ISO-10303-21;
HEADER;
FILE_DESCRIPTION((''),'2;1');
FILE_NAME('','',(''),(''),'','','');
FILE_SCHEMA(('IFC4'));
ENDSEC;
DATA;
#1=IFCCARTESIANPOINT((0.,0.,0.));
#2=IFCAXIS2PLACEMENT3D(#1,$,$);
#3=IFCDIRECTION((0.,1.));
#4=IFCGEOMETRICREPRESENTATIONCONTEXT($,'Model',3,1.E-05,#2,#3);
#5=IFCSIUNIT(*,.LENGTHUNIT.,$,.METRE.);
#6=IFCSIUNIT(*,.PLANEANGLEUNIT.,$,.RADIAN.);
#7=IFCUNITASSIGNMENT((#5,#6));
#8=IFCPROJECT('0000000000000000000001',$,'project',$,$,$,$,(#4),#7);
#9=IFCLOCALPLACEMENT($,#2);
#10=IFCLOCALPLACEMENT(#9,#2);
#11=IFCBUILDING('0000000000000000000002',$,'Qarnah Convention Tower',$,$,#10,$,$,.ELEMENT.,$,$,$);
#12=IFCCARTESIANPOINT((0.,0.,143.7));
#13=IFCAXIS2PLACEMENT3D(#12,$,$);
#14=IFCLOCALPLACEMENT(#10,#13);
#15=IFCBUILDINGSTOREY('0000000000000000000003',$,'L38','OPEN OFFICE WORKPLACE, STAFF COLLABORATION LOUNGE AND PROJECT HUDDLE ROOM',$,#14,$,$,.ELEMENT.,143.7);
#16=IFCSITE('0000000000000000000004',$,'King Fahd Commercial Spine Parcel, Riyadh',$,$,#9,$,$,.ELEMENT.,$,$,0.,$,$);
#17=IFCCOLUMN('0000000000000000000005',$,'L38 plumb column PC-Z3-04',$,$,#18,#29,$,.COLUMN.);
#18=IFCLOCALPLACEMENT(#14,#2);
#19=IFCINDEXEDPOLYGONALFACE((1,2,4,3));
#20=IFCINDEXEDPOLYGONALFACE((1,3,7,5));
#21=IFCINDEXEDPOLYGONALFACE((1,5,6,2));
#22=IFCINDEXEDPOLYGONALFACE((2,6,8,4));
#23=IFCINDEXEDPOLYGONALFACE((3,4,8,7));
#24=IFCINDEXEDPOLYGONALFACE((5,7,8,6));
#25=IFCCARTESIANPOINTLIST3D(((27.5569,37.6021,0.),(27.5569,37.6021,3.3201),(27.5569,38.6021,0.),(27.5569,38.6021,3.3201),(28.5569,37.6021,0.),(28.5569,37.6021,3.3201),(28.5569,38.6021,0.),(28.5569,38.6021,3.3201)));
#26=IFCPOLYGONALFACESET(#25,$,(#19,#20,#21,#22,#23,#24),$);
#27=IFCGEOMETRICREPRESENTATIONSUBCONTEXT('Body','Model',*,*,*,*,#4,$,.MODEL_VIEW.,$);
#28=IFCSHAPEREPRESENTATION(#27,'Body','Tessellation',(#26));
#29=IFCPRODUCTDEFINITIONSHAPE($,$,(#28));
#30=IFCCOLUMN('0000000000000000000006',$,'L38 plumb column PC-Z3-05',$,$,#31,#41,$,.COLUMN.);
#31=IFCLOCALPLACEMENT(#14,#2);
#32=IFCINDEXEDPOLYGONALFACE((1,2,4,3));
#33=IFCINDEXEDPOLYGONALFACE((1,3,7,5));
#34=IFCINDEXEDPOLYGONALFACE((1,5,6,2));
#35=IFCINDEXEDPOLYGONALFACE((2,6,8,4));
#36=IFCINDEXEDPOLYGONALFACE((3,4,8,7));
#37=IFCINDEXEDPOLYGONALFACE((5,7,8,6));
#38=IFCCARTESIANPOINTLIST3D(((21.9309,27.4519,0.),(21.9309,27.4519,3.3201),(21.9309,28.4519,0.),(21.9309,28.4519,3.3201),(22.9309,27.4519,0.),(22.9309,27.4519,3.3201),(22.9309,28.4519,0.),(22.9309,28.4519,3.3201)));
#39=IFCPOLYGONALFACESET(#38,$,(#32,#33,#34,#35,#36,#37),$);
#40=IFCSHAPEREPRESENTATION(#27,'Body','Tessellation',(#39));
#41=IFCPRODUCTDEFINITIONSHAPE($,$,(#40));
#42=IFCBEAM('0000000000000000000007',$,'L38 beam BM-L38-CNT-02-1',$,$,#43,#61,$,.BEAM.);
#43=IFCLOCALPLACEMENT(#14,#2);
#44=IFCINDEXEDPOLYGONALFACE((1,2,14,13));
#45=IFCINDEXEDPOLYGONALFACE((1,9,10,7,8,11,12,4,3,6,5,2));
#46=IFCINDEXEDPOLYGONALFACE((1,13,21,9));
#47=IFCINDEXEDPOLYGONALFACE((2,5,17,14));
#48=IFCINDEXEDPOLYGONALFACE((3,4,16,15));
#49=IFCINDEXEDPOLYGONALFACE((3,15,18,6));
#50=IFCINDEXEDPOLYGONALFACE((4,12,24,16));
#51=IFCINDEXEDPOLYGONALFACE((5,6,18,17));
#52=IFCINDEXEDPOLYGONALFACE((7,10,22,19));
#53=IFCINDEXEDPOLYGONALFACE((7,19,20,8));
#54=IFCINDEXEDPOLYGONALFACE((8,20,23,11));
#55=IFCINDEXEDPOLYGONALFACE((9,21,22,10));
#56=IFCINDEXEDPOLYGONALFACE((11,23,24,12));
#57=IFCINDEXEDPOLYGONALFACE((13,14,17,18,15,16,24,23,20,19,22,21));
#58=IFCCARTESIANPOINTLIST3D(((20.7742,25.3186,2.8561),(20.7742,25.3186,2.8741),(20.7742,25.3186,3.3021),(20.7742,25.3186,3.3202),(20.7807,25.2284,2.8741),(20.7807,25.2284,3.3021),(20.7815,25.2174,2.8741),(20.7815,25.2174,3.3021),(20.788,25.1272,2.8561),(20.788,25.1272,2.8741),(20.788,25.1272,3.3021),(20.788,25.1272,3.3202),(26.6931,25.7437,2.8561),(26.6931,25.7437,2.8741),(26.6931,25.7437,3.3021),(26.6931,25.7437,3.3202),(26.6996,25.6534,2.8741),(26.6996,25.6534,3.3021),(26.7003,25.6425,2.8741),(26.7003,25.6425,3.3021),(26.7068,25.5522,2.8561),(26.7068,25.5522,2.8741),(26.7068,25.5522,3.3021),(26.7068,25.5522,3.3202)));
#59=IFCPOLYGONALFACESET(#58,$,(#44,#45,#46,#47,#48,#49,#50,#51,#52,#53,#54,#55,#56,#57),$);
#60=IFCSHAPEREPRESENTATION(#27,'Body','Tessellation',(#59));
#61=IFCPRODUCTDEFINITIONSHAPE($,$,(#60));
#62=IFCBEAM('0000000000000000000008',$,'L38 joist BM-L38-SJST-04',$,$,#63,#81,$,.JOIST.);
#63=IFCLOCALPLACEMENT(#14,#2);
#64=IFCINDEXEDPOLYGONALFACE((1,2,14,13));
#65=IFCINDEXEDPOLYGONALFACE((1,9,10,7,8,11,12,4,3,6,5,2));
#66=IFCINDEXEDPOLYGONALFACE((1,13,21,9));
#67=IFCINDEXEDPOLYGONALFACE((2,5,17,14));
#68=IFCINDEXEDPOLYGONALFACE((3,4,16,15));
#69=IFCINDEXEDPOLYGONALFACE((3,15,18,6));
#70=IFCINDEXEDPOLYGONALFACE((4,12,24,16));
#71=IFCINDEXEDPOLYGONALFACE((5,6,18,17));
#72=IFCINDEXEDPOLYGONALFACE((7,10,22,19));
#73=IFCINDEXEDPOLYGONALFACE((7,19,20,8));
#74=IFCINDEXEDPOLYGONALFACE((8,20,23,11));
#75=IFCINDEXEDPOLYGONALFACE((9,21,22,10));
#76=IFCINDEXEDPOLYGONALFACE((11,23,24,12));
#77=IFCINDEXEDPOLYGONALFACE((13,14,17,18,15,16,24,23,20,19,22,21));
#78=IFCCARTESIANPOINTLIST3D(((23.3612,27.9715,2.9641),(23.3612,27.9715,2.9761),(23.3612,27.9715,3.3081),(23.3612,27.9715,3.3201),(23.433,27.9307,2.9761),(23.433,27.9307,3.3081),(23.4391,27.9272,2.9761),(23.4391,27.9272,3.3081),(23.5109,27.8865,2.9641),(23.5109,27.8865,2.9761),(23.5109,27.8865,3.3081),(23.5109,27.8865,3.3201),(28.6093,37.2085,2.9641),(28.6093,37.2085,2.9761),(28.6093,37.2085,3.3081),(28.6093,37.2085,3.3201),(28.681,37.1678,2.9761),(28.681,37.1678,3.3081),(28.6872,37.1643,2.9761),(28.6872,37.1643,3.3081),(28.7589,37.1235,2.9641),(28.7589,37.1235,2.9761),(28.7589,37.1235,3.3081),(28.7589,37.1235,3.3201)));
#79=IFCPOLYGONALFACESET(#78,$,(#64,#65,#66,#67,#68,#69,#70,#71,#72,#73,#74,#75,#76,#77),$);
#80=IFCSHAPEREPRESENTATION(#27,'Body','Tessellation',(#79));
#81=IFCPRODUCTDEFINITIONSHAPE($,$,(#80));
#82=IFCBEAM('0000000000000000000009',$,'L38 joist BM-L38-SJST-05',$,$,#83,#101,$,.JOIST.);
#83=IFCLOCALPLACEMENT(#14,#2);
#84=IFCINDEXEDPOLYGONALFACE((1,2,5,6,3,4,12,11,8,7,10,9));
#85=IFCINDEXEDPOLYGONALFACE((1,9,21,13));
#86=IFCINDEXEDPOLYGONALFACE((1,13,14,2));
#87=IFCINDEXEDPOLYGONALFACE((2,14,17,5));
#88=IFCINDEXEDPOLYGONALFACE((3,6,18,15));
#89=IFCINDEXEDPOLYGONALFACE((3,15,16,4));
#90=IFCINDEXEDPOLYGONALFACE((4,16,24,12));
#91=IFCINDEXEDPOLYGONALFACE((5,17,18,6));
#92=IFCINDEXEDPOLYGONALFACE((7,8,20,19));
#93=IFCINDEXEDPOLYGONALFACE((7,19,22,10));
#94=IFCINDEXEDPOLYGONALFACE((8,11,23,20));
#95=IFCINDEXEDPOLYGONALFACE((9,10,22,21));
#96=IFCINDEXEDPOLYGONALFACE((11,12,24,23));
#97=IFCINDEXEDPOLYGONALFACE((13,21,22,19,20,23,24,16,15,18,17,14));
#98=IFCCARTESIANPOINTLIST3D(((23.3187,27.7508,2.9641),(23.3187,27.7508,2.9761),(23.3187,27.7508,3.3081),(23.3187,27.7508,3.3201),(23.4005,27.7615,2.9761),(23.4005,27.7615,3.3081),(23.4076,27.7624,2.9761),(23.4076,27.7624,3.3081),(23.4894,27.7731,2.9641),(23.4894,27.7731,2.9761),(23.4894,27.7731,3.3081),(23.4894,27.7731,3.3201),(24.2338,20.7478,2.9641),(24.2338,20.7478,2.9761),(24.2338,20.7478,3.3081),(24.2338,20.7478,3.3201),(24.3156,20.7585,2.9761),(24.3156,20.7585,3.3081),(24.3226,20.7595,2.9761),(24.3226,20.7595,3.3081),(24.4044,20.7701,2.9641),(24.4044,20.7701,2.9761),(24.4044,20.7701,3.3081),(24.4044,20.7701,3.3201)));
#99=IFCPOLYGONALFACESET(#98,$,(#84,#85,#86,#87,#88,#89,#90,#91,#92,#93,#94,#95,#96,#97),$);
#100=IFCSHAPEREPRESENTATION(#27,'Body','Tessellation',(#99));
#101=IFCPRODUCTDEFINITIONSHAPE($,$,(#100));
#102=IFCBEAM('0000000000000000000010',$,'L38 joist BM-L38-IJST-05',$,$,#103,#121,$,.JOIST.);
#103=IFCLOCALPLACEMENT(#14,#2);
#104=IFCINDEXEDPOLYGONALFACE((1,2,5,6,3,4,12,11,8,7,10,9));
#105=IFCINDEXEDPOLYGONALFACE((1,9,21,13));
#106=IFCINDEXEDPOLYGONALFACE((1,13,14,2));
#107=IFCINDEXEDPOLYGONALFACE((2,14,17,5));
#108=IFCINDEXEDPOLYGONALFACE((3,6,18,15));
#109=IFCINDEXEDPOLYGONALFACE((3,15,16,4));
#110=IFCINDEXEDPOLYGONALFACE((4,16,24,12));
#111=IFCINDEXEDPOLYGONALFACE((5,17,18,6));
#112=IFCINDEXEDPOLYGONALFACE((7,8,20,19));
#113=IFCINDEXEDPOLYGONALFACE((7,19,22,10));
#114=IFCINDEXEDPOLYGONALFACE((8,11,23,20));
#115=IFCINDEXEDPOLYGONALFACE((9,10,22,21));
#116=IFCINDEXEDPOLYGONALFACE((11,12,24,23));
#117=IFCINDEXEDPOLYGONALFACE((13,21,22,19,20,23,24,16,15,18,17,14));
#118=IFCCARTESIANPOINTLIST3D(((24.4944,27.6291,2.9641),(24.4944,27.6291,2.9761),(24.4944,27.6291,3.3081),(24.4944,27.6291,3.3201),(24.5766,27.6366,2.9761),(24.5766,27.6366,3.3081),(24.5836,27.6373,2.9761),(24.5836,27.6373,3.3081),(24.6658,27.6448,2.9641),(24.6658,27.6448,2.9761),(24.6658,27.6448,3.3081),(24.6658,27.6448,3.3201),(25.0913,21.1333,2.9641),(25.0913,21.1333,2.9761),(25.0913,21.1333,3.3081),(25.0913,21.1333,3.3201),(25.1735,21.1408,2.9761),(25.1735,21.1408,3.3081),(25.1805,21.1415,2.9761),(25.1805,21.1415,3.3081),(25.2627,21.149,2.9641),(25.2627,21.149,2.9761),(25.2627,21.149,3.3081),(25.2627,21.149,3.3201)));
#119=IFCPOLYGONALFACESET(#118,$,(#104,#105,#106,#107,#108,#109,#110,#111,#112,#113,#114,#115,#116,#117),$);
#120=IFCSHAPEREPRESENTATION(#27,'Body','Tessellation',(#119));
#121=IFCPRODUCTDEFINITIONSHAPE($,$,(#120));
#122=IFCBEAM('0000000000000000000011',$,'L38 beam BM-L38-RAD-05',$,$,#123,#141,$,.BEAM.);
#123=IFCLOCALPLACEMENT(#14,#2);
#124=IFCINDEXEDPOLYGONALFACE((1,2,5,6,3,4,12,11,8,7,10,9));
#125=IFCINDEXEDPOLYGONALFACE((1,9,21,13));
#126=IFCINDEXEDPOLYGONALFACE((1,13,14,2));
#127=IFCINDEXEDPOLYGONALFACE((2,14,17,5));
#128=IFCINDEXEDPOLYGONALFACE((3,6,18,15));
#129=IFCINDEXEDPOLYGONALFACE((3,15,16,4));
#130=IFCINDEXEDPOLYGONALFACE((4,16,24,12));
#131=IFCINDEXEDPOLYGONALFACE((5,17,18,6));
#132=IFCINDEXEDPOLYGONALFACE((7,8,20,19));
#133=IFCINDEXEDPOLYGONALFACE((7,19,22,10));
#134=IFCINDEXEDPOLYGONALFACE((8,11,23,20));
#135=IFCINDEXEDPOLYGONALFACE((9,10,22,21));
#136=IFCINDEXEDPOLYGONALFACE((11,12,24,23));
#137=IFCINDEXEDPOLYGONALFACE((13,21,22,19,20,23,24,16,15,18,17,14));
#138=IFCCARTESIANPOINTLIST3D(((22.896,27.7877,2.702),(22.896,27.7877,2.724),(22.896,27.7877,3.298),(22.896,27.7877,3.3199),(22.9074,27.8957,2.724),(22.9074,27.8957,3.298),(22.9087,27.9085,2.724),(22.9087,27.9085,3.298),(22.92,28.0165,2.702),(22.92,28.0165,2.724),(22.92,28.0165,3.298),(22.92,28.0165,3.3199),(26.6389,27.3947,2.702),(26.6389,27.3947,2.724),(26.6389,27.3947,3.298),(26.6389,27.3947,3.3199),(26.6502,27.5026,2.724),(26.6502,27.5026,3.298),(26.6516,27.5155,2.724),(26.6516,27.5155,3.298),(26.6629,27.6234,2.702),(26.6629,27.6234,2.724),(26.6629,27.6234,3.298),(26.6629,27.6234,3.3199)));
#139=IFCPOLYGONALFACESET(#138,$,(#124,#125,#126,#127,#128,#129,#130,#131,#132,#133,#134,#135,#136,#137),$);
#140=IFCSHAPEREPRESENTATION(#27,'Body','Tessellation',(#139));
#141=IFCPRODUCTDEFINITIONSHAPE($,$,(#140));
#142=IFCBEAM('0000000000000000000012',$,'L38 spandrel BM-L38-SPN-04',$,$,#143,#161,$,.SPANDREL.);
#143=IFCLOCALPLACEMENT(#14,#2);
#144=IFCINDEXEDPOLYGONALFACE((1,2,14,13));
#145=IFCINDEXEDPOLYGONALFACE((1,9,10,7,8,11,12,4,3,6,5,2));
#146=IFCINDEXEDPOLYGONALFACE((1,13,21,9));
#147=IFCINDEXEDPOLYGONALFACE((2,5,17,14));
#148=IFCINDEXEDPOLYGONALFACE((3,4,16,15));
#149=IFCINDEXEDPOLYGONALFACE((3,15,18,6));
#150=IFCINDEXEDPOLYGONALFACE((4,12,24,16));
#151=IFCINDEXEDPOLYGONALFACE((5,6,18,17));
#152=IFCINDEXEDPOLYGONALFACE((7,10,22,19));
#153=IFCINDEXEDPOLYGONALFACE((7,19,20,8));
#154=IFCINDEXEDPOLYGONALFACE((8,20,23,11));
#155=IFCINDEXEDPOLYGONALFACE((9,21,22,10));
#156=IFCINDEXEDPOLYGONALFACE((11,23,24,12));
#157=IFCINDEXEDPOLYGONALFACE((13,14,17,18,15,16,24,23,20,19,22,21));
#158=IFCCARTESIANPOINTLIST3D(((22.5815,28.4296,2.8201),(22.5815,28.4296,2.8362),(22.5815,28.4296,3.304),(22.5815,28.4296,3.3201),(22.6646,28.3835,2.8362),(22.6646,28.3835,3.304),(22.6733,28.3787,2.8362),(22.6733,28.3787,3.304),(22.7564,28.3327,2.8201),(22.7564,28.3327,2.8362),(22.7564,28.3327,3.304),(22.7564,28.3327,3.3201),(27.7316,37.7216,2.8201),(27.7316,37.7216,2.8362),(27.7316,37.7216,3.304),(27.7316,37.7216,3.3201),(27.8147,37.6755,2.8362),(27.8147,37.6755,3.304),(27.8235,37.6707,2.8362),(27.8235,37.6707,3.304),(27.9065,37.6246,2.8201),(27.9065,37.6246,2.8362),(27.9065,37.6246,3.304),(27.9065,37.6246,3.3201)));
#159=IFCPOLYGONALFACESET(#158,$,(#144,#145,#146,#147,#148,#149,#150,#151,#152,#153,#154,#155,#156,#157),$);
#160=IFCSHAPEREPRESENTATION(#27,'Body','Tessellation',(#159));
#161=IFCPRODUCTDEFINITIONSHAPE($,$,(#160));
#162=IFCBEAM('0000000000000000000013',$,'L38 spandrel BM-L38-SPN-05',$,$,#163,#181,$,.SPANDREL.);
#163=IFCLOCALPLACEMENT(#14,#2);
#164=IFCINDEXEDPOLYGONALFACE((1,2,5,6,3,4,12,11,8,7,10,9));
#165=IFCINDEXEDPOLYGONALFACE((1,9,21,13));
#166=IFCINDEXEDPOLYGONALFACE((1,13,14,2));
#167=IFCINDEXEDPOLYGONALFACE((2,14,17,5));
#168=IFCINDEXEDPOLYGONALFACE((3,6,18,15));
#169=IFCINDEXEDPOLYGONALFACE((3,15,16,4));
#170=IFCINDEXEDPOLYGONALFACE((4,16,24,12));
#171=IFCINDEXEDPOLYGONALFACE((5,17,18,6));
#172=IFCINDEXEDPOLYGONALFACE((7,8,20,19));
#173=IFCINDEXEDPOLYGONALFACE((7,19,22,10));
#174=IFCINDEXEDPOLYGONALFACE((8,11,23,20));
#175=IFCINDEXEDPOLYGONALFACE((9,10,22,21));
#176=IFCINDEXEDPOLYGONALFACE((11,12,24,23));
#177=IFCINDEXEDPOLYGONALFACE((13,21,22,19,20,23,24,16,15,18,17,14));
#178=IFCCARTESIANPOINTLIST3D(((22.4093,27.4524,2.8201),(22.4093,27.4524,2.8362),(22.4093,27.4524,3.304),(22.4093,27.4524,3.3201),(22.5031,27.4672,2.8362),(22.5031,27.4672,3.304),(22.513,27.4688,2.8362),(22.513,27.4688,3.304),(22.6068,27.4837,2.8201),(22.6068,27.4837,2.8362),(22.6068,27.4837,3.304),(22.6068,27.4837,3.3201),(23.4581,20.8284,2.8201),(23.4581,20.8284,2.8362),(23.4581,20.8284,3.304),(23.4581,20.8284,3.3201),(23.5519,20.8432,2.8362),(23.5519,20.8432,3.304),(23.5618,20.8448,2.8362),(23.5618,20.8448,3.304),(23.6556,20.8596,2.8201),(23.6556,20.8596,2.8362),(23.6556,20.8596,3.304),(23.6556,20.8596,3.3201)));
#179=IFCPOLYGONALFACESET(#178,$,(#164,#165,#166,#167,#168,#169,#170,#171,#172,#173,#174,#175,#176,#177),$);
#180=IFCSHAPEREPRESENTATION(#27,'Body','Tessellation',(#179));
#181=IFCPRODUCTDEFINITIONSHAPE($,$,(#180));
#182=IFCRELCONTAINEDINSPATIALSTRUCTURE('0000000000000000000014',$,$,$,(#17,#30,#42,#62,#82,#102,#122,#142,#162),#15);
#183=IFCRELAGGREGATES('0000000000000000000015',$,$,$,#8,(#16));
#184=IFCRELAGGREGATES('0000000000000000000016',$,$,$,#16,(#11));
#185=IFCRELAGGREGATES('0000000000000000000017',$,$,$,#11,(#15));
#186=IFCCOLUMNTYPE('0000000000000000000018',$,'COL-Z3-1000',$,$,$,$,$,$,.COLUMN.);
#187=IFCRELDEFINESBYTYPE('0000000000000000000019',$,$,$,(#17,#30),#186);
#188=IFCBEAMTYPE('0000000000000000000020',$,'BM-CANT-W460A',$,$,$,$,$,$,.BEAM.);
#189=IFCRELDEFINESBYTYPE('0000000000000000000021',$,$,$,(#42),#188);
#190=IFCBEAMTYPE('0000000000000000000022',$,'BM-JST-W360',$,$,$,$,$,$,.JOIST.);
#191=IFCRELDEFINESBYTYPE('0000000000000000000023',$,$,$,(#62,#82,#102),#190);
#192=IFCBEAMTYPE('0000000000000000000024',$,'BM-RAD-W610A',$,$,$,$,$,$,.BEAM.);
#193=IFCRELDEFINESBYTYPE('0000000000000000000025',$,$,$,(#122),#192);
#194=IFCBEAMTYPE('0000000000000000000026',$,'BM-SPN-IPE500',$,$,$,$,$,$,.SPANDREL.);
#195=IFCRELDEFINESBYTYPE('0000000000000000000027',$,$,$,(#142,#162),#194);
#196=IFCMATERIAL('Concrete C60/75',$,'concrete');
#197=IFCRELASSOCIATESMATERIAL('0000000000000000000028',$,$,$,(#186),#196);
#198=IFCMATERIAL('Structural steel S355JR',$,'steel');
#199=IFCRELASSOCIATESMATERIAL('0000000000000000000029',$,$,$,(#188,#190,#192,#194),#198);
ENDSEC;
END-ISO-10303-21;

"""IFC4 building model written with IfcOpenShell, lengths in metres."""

from ifc_helpers import new_model, si_unit, direction, frame, origin, origin_2d, place, context, subcontext, project, spatial, rectangle, i_section, extrude, material, material_profile, profile_set, type_object, element, save


model = new_model("IFC4")

# Units and contexts
model_context = context("Model", 3, precision=1e-05, world=origin(), true_north=direction((0.0, 1.0)))
body_context = subcontext(model_context, "Body", "Model", "MODEL_VIEW")
ifc_project = project(units=[si_unit("LENGTHUNIT", "METRE"), si_unit("PLANEANGLEUNIT", "RADIAN")], contexts=[model_context])

# Site, building, storey
site_placement = place(None, origin())
site = spatial("IfcSite", under=ifc_project, at=site_placement, Name="King Fahd Commercial Spine Parcel, Riyadh", CompositionType="ELEMENT", RefElevation=0.0)
building_placement = place(site_placement, origin())
building = spatial("IfcBuilding", under=site, at=building_placement, Name="Qarnah Convention Tower", CompositionType="ELEMENT")
storey_placement = place(building_placement, frame((0.0, 0.0, 143.7)))
storey = spatial("IfcBuildingStorey", under=building, at=storey_placement, Name="L38", Description="OPEN OFFICE WORKPLACE, STAFF COLLABORATION LOUNGE AND PROJECT HUDDLE ROOM", CompositionType="ELEMENT", Elevation=143.7)

# Columns
ifc_material_1 = material(Name="Concrete C60/75", Category="concrete")
ifc_material_profile_1 = material_profile(ifc_material_1, rectangle(XDim=1.0, YDim=1.0, at=origin_2d()), Name="RC-COL-1000X1000")
ifc_profile_set_1 = profile_set([ifc_material_profile_1], Name="Concrete C60/75")
column_type = type_object("IfcColumnType", Name="COL-Z3-1000", PredefinedType="COLUMN", material=ifc_profile_set_1)
for number, where, z_axis, x_axis, name in (
    (1, (28.0569, 38.1021, 0.0), (0.0, 0.0, 1.0), (1.0, 0.0, 0.0), "L38 plumb column PC-Z3-04"),
    (2, (22.4309, 27.9519, 0.0), (0.0, 0.0, 1.0), (1.0, 0.0, 0.0), "L38 plumb column PC-Z3-05"),
):
    element("IfcColumn", number, at=place(storey_placement, frame(where, z_axis=z_axis, x_axis=x_axis)), inside=storey, type_object=column_type, Name=name, PredefinedType="COLUMN", context=body_context, shape_type="SweptSolid", body=[
        extrude(rectangle(XDim=1.0, YDim=1.0, at=origin_2d()), origin(), (0.0, 0.0, 1.0), 3.3201),
    ])

# Beams
ifc_material_2 = material(Name="Structural steel S355JR", Category="steel")
ifc_material_profile_2 = material_profile(ifc_material_2, i_section(OverallWidth=0.1919, OverallDepth=0.4641, WebThickness=0.011, FlangeThickness=0.0181, at=origin_2d()), Name="W460X89")
ifc_profile_set_2 = profile_set([ifc_material_profile_2], Name="Structural steel S355JR")
beam_type_1 = type_object("IfcBeamType", Name="BM-CANT-W460A", PredefinedType="BEAM", material=ifc_profile_set_2)
beam_1_placement = place(storey_placement, frame((26.7, 25.6479, 3.0881), z_axis=(-0.997431, -0.071627, 0.0), x_axis=(0.071627, -0.997431, 0.0)))
element("IfcBeam", 3, at=beam_1_placement, inside=storey, type_object=beam_type_1, Name="L38 beam BM-L38-CNT-02-1", PredefinedType="BEAM", context=body_context, shape_type="SweptSolid", body=[
    extrude(i_section(OverallWidth=0.1919, OverallDepth=0.4641, WebThickness=0.011, FlangeThickness=0.0181, at=origin_2d()), origin(), (0.0, 0.0, 1.0), 5.9341),
])
ifc_material_profile_3 = material_profile(ifc_material_2, i_section(OverallWidth=0.1721, OverallDepth=0.356, WebThickness=0.0071, FlangeThickness=0.012, at=origin_2d()), Name="W360X51")
ifc_profile_set_3 = profile_set([ifc_material_profile_3], Name="Structural steel S355JR")
beam_type_2 = type_object("IfcBeamType", Name="BM-JST-W360", PredefinedType="JOIST", material=ifc_profile_set_3)
beam_2_placement = place(storey_placement, frame((28.6841, 37.166, 3.1421), z_axis=(-0.493989, -0.869468, 0.0), x_axis=(0.869468, -0.493989, 0.0)))
element("IfcBeam", 4, at=beam_2_placement, inside=storey, type_object=beam_type_2, Name="L38 joist BM-L38-SJST-04", PredefinedType="JOIST", context=body_context, shape_type="SweptSolid", body=[
    extrude(i_section(OverallWidth=0.1721, OverallDepth=0.356, WebThickness=0.0071, FlangeThickness=0.012, at=origin_2d()), origin(), (0.0, 0.0, 1.0), 10.6238),
])
beam_3_placement = place(storey_placement, frame((23.4041, 27.762, 3.1421), z_axis=(0.129564, -0.991571, 0.0), x_axis=(0.991571, 0.129564, 0.0)))
element("IfcBeam", 5, at=beam_3_placement, inside=storey, type_object=beam_type_2, Name="L38 joist BM-L38-SJST-05", PredefinedType="JOIST", context=body_context, shape_type="SweptSolid", body=[
    extrude(i_section(OverallWidth=0.1721, OverallDepth=0.356, WebThickness=0.0071, FlangeThickness=0.012, at=origin_2d()), origin(), (0.0, 0.0, 1.0), 7.0625),
])
beam_4_placement = place(storey_placement, frame((24.5801, 27.637, 3.1421), z_axis=(0.091508, -0.995804, 0.0), x_axis=(0.995804, 0.091508, 0.0)))
element("IfcBeam", 6, at=beam_4_placement, inside=storey, type_object=beam_type_2, Name="L38 joist BM-L38-IJST-05", PredefinedType="JOIST", context=body_context, shape_type="SweptSolid", body=[
    extrude(i_section(OverallWidth=0.1721, OverallDepth=0.356, WebThickness=0.0071, FlangeThickness=0.012, at=origin_2d()), origin(), (0.0, 0.0, 1.0), 6.5232),
])
ifc_material_profile_4 = material_profile(ifc_material_2, i_section(OverallWidth=0.23, OverallDepth=0.6179, WebThickness=0.0129, FlangeThickness=0.022, at=origin_2d()), Name="W610X140")
ifc_profile_set_4 = profile_set([ifc_material_profile_4], Name="Structural steel S355JR")
beam_type_3 = type_object("IfcBeamType", Name="BM-RAD-W610A", PredefinedType="BEAM", material=ifc_profile_set_4)
beam_5_placement = place(storey_placement, frame((26.6509, 27.509, 3.011), z_axis=(-0.994531, 0.104442, 0.0), x_axis=(-0.104442, -0.994531, 0.0)))
element("IfcBeam", 7, at=beam_5_placement, inside=storey, type_object=beam_type_3, Name="L38 beam BM-L38-RAD-05", PredefinedType="BEAM", context=body_context, shape_type="SweptSolid", body=[
    extrude(i_section(OverallWidth=0.23, OverallDepth=0.6179, WebThickness=0.0129, FlangeThickness=0.022, at=origin_2d()), origin(), (0.0, 0.0, 1.0), 3.7634),
])
ifc_material_profile_5 = material_profile(ifc_material_2, i_section(OverallWidth=0.2, OverallDepth=0.5, WebThickness=0.01, FlangeThickness=0.0161, at=origin_2d()), Name="IPE500")
ifc_profile_set_5 = profile_set([ifc_material_profile_5], Name="Structural steel S355JR")
beam_type_4 = type_object("IfcBeamType", Name="BM-SPN-IPE500", PredefinedType="SPANDREL", material=ifc_profile_set_5)
beam_6_placement = place(storey_placement, frame((27.8191, 37.6731, 3.0701), z_axis=(-0.484774, -0.874639, 0.0), x_axis=(0.874639, -0.484774, 0.0)))
element("IfcBeam", 8, at=beam_6_placement, inside=storey, type_object=beam_type_4, Name="L38 spandrel BM-L38-SPN-04", PredefinedType="SPANDREL", context=body_context, shape_type="SweptSolid", body=[
    extrude(i_section(OverallWidth=0.2, OverallDepth=0.5, WebThickness=0.01, FlangeThickness=0.0161, at=origin_2d()), origin(), (0.0, 0.0, 1.0), 10.6238),
])
beam_7_placement = place(storey_placement, frame((22.5081, 27.468, 3.0701), z_axis=(0.156389, -0.987696, 0.0), x_axis=(0.987696, 0.156389, 0.0)))
element("IfcBeam", 9, at=beam_7_placement, inside=storey, type_object=beam_type_4, Name="L38 spandrel BM-L38-SPN-05", PredefinedType="SPANDREL", context=body_context, shape_type="SweptSolid", body=[
    extrude(i_section(OverallWidth=0.2, OverallDepth=0.5, WebThickness=0.01, FlangeThickness=0.0161, at=origin_2d()), origin(), (0.0, 0.0, 1.0), 6.7065),
])

save(model, "model.ifc")
